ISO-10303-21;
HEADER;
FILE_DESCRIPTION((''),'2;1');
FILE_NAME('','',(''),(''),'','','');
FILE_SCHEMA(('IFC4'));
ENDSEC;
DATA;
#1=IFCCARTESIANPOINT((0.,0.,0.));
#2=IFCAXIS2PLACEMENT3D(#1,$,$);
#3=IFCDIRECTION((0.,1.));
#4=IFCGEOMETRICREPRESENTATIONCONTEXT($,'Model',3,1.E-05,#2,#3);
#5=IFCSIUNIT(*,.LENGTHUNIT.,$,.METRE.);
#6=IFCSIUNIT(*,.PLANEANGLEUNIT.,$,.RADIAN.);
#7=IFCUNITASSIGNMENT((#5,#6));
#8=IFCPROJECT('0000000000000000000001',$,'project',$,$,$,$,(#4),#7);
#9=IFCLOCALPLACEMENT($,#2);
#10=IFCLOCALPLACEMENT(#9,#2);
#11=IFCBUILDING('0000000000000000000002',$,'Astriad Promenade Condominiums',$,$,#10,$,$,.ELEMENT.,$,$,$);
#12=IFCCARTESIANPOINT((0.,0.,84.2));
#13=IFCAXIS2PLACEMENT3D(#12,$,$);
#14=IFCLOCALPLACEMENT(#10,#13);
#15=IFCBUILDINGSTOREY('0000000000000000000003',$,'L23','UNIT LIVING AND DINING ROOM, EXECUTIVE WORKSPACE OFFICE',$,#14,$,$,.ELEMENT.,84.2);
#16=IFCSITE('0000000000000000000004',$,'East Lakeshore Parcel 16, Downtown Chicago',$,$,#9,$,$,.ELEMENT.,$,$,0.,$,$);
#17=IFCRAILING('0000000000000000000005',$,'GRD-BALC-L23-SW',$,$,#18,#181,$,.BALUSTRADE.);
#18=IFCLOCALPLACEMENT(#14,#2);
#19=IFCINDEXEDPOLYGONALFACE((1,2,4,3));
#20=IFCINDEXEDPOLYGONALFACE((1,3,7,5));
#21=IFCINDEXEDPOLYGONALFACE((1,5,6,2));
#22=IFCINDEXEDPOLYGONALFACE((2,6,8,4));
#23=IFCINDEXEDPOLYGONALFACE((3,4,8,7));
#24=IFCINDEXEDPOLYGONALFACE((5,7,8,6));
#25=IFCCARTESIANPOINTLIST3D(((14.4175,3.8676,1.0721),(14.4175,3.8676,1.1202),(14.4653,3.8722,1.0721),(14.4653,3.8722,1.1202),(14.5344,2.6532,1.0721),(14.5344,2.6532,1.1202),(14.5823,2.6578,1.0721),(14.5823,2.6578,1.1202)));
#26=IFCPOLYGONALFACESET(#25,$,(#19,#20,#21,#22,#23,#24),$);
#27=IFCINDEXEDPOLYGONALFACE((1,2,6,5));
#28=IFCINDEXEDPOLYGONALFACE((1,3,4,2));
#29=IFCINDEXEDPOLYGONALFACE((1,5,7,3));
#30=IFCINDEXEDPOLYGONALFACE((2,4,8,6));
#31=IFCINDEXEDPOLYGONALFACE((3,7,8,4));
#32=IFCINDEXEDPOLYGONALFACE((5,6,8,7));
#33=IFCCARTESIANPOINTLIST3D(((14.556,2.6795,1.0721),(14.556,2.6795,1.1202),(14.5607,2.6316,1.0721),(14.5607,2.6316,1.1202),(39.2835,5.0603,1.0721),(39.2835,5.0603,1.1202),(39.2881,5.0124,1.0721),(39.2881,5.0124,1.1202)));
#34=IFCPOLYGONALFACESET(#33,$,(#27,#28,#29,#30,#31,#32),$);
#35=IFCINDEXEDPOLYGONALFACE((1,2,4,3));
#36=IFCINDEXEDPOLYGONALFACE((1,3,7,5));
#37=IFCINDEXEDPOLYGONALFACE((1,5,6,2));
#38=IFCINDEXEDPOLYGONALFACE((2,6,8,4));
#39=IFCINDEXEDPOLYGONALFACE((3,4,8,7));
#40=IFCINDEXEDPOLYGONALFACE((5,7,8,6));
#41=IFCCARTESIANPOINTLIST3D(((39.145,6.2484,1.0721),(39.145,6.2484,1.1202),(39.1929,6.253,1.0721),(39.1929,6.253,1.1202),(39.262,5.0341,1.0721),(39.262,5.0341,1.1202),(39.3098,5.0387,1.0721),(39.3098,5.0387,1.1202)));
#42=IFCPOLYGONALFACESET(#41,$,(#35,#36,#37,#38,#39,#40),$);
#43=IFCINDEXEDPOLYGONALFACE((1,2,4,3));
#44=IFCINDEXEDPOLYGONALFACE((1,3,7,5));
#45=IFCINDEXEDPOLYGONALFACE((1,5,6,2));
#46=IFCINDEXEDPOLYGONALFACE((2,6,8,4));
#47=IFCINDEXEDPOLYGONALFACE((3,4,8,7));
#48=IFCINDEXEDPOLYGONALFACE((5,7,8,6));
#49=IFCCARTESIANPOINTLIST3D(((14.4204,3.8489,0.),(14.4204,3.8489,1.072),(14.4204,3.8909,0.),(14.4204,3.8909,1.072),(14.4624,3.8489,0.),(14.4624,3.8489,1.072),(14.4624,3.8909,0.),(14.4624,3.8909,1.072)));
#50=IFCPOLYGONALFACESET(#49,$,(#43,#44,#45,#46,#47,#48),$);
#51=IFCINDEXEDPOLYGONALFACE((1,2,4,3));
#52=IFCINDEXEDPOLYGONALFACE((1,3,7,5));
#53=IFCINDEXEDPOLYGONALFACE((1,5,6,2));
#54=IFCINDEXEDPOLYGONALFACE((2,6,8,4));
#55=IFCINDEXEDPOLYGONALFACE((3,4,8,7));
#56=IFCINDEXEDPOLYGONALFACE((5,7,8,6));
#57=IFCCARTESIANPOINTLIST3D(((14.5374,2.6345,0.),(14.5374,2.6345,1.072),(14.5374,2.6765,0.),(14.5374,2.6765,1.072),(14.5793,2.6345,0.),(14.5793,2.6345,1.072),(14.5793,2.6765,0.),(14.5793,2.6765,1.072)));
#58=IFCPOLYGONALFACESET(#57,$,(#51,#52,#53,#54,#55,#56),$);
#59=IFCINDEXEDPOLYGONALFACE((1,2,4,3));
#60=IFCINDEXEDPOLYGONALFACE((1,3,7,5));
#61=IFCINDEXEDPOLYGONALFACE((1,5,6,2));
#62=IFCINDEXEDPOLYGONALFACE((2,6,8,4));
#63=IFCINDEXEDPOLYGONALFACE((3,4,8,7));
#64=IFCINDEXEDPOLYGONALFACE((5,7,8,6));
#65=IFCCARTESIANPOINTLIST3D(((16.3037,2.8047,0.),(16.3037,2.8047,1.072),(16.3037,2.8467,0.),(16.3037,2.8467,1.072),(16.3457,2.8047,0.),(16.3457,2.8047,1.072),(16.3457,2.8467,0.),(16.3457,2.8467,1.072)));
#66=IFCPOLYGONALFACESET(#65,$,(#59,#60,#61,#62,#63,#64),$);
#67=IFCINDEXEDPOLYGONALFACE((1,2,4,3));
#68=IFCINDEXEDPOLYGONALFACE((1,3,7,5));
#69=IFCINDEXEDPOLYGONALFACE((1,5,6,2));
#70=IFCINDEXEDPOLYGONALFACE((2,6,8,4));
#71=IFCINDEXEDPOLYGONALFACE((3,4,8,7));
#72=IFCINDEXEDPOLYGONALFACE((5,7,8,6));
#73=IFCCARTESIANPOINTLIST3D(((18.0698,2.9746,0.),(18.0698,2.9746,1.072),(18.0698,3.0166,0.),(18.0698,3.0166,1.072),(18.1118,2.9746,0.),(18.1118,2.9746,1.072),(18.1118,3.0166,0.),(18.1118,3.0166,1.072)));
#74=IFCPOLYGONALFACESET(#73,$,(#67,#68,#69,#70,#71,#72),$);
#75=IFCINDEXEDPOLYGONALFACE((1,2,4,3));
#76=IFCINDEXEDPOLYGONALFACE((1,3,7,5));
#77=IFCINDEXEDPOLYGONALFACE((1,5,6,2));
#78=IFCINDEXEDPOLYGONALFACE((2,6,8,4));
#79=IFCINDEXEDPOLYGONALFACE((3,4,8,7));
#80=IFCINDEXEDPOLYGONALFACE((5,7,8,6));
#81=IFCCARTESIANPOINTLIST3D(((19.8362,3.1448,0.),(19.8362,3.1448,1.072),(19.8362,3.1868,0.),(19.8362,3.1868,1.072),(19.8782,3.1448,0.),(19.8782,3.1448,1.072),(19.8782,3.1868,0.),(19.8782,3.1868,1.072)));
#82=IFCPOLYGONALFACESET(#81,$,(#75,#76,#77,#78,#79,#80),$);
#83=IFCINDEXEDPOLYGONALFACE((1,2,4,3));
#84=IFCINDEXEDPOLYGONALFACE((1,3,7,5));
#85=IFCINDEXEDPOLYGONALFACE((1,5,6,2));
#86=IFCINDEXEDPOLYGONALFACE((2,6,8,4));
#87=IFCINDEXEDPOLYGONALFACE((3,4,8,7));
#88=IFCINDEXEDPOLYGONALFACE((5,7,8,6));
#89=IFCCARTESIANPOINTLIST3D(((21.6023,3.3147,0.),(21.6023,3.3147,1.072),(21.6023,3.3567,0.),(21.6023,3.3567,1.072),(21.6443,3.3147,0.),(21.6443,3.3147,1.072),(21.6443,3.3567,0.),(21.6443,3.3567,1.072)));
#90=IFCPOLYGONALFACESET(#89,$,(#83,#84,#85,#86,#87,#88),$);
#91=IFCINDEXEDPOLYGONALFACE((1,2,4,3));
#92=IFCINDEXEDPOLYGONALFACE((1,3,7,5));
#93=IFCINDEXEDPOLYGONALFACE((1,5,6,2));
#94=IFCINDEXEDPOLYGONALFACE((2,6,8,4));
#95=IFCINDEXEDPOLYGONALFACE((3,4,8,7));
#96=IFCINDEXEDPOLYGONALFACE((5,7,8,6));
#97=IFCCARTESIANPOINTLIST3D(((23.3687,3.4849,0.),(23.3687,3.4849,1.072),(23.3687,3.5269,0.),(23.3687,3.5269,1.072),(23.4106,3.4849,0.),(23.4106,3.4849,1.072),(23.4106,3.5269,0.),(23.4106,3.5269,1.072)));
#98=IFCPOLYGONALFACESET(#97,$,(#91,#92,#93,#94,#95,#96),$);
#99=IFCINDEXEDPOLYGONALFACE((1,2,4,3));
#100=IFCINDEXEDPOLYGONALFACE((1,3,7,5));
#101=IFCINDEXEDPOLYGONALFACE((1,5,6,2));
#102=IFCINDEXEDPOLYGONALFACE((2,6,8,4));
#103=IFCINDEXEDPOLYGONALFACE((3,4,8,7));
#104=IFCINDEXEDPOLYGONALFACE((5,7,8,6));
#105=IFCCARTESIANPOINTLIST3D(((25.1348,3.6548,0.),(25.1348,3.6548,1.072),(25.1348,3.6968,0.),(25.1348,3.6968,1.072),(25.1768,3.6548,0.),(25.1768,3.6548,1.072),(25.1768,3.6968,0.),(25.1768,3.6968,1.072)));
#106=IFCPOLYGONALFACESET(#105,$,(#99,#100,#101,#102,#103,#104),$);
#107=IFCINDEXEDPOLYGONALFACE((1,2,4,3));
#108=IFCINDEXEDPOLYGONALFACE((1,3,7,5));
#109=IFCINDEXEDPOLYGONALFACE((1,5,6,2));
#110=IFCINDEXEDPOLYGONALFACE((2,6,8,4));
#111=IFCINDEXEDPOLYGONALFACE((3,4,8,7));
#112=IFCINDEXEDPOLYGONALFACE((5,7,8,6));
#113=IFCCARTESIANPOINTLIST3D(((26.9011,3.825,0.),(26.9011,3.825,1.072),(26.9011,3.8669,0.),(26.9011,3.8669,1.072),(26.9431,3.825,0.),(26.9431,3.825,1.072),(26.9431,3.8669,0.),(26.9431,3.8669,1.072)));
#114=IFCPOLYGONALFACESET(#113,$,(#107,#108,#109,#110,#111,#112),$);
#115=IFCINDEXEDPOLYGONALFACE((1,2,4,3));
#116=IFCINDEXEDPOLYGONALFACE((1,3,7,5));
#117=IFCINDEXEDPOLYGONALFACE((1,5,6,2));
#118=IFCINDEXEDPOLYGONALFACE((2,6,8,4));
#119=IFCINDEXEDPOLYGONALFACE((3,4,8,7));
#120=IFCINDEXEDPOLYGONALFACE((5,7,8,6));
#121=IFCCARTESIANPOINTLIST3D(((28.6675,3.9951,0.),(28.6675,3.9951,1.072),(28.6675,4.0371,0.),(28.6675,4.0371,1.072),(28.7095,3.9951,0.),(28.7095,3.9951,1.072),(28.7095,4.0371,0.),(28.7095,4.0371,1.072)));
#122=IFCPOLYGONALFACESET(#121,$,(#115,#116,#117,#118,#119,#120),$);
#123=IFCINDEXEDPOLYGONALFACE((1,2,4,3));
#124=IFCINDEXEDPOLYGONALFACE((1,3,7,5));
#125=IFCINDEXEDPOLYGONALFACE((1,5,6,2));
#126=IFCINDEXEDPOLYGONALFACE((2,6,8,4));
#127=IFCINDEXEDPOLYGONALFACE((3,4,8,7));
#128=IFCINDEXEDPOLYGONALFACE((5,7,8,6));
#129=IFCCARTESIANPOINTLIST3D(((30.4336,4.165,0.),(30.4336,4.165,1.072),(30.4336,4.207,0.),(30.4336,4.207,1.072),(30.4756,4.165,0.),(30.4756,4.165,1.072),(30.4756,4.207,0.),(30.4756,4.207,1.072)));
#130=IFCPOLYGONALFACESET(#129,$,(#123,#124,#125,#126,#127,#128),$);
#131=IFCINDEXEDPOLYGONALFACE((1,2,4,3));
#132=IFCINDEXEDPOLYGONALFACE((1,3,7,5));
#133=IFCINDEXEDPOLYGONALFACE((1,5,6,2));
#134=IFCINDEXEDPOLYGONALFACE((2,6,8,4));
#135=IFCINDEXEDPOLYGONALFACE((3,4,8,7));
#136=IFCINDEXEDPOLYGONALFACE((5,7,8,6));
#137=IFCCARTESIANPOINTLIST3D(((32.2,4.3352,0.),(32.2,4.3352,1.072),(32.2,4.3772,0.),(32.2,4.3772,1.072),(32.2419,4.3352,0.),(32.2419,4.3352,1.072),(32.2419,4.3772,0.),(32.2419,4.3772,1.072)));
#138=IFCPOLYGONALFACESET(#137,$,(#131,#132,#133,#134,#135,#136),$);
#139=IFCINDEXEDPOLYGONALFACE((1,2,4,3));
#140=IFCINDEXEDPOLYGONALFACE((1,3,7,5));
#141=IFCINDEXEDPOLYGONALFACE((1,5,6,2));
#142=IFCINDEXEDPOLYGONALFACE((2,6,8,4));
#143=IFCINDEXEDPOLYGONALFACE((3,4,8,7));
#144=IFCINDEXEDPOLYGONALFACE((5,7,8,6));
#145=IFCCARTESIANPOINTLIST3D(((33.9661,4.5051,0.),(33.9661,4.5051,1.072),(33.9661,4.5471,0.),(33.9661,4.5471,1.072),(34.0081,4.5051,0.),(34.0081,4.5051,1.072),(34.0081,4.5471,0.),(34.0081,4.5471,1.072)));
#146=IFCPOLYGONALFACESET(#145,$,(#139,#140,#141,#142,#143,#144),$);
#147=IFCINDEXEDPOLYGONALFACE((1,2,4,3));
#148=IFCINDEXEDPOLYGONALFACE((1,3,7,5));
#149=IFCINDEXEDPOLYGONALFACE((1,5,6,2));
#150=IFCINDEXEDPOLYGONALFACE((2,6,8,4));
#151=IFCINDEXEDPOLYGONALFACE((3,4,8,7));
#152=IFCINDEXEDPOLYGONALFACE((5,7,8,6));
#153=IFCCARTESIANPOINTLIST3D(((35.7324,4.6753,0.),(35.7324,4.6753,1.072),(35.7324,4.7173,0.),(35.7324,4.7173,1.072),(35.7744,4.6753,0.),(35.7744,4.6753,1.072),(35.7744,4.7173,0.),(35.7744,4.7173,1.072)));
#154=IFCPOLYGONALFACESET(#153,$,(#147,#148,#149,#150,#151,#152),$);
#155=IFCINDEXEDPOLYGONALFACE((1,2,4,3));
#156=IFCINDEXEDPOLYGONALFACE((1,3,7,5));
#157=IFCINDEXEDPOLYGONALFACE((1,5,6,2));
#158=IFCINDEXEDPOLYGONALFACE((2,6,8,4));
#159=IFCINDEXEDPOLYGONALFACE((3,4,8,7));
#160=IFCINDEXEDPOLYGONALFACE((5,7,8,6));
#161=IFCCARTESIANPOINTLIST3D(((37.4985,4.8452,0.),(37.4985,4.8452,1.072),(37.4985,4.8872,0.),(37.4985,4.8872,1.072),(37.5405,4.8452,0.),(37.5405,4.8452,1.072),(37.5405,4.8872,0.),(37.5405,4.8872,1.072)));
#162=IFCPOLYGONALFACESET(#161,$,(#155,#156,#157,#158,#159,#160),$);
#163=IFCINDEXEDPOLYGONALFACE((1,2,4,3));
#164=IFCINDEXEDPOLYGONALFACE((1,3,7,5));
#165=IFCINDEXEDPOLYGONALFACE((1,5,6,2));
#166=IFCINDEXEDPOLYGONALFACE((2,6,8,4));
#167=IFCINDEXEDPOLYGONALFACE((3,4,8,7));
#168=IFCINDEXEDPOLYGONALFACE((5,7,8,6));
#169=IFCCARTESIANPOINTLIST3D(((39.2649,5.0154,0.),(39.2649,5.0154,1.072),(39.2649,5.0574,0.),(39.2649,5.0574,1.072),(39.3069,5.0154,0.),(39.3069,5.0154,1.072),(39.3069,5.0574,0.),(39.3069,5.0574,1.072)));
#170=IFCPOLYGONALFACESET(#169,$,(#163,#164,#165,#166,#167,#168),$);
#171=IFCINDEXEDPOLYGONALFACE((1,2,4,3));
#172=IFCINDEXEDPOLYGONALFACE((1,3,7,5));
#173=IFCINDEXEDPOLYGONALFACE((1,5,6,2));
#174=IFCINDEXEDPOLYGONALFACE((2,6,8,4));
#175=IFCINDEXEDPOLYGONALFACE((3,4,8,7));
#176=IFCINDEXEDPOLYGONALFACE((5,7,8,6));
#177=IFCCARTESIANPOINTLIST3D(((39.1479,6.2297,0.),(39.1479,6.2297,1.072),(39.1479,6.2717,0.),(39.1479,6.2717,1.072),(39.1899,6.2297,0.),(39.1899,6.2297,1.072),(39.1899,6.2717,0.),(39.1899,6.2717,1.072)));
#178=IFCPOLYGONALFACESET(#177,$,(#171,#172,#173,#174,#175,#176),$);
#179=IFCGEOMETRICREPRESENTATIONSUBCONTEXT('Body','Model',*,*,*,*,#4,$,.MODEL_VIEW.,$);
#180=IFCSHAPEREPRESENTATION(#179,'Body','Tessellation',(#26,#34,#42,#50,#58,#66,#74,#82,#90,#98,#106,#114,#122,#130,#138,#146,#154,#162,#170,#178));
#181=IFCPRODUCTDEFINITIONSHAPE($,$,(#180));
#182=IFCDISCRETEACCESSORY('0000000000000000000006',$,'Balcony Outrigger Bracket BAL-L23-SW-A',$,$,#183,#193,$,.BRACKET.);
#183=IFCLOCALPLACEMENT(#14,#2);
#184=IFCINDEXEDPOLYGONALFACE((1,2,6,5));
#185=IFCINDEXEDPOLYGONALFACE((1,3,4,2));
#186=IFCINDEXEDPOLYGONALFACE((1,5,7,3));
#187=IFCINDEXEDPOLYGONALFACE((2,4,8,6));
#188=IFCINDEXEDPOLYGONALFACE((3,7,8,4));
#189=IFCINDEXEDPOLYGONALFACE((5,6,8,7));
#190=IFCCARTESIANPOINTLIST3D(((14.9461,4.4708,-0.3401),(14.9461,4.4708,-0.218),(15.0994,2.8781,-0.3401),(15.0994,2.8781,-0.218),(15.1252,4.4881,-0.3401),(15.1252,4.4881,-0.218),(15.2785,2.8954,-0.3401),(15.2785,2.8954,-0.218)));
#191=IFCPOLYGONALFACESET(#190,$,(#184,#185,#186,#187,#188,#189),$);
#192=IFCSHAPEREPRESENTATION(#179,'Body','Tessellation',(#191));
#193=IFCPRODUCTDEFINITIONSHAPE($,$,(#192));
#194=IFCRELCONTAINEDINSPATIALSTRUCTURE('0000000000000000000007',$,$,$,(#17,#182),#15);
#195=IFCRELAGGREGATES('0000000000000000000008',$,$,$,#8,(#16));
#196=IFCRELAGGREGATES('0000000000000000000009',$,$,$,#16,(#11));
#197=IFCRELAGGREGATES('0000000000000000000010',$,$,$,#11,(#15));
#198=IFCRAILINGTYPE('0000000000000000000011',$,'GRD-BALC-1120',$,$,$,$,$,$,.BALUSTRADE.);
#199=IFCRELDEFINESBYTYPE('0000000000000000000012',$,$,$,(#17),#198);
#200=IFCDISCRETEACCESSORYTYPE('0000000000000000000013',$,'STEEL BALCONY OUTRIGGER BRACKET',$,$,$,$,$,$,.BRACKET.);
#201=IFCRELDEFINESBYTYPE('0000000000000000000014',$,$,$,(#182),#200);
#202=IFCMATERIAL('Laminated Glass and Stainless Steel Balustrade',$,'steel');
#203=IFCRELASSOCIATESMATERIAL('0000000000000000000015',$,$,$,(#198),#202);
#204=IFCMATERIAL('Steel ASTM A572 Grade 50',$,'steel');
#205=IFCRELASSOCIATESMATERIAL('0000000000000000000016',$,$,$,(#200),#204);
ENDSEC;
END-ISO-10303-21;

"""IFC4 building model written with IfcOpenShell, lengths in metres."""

from ifc_helpers import new_model, si_unit, direction, frame, origin, origin_2d, place, context, subcontext, project, spatial, rectangle, extrude, source, transform, mapped, material, type_object, type_shapes, element, save


model = new_model("IFC4")

# Units and contexts
model_context = context("Model", 3, precision=1e-05, world=origin(), true_north=direction((0.0, 1.0)))
body_context = subcontext(model_context, "Body", "Model", "MODEL_VIEW")
ifc_project = project(units=[si_unit("LENGTHUNIT", "METRE"), si_unit("PLANEANGLEUNIT", "RADIAN")], contexts=[model_context])

# Site, building, storey
site_placement = place(None, origin())
site = spatial("IfcSite", under=ifc_project, at=site_placement, Name="East Lakeshore Parcel 16, Downtown Chicago", CompositionType="ELEMENT", RefElevation=0.0)
building_placement = place(site_placement, origin())
building = spatial("IfcBuilding", under=site, at=building_placement, Name="Astriad Promenade Condominiums", CompositionType="ELEMENT")
storey_placement = place(building_placement, frame((0.0, 0.0, 84.2)))
storey = spatial("IfcBuildingStorey", under=building, at=storey_placement, Name="L23", Description="UNIT LIVING AND DINING ROOM, EXECUTIVE WORKSPACE OFFICE", CompositionType="ELEMENT", Elevation=84.2)

# Railing
ifc_material_1 = material(Name="Laminated Glass and Stainless Steel Balustrade", Category="steel")
railing_type = type_object("IfcRailingType", Name="GRD-BALC-1120", PredefinedType="BALUSTRADE", material=ifc_material_1)
shared_shape_1 = source(origin(), body_context, "Body", "SweptSolid", [
    extrude(rectangle(XDim=0.0481, YDim=0.0481, at=origin_2d()), frame((0.0, 0.0, 1.0962), z_axis=(0.095857, -0.995395, 0.0), x_axis=(0.995395, 0.095857, 0.0)), (0.0, 0.0, 1.0), 1.22),
    extrude(rectangle(XDim=0.0481, YDim=0.0481, at=origin_2d()), frame((0.1169, -1.2144, 1.0962), z_axis=(0.995397, 0.09584, 0.0), x_axis=(-0.09584, 0.995397, 0.0)), (0.0, 0.0, 1.0), 24.8418),
    extrude(rectangle(XDim=0.0481, YDim=0.0481, at=origin_2d()), frame((24.8445, 1.1665, 1.0962), z_axis=(-0.095857, 0.995395, 0.0), x_axis=(-0.995395, -0.095857, 0.0)), (0.0, 0.0, 1.0), 1.22),
    extrude(rectangle(XDim=0.042, YDim=0.042, at=origin_2d()), origin(), (0.0, 0.0, 1.0), 1.072),
    extrude(rectangle(XDim=0.042, YDim=0.042, at=origin_2d()), frame((0.1169, -1.2144, 0.0)), (0.0, 0.0, 1.0), 1.072),
    extrude(rectangle(XDim=0.042, YDim=0.042, at=origin_2d()), frame((1.8833, -1.0442, 0.0)), (0.0, 0.0, 1.0), 1.072),
    extrude(rectangle(XDim=0.042, YDim=0.042, at=origin_2d()), frame((3.6494, -0.8743, 0.0)), (0.0, 0.0, 1.0), 1.072),
    extrude(rectangle(XDim=0.042, YDim=0.042, at=origin_2d()), frame((5.4158, -0.7041, 0.0)), (0.0, 0.0, 1.0), 1.072),
    extrude(rectangle(XDim=0.042, YDim=0.042, at=origin_2d()), frame((7.1819, -0.5342, 0.0)), (0.0, 0.0, 1.0), 1.072),
    extrude(rectangle(XDim=0.042, YDim=0.042, at=origin_2d()), frame((8.9482, -0.364, 0.0)), (0.0, 0.0, 1.0), 1.072),
    extrude(rectangle(XDim=0.042, YDim=0.042, at=origin_2d()), frame((10.7144, -0.1941, 0.0)), (0.0, 0.0, 1.0), 1.072),
    extrude(rectangle(XDim=0.042, YDim=0.042, at=origin_2d()), frame((12.4807, -0.0239, 0.0)), (0.0, 0.0, 1.0), 1.072),
    extrude(rectangle(XDim=0.042, YDim=0.042, at=origin_2d()), frame((14.2471, 0.1462, 0.0)), (0.0, 0.0, 1.0), 1.072),
    extrude(rectangle(XDim=0.042, YDim=0.042, at=origin_2d()), frame((16.0132, 0.3162, 0.0)), (0.0, 0.0, 1.0), 1.072),
    extrude(rectangle(XDim=0.042, YDim=0.042, at=origin_2d()), frame((17.7795, 0.4863, 0.0)), (0.0, 0.0, 1.0), 1.072),
    extrude(rectangle(XDim=0.042, YDim=0.042, at=origin_2d()), frame((19.5457, 0.6562, 0.0)), (0.0, 0.0, 1.0), 1.072),
    extrude(rectangle(XDim=0.042, YDim=0.042, at=origin_2d()), frame((21.312, 0.8264, 0.0)), (0.0, 0.0, 1.0), 1.072),
    extrude(rectangle(XDim=0.042, YDim=0.042, at=origin_2d()), frame((23.0781, 0.9963, 0.0)), (0.0, 0.0, 1.0), 1.072),
    extrude(rectangle(XDim=0.042, YDim=0.042, at=origin_2d()), frame((24.8445, 1.1665, 0.0)), (0.0, 0.0, 1.0), 1.072),
    extrude(rectangle(XDim=0.042, YDim=0.042, at=origin_2d()), frame((24.7275, 2.3809, 0.0)), (0.0, 0.0, 1.0), 1.072),
])
type_shapes(railing_type, [shared_shape_1])
railing_placement = place(storey_placement, frame((14.4414, 3.8699, 0.0)))
element("IfcRailing", 1, at=railing_placement, inside=storey, type_object=railing_type, Name="GRD-BALC-L23-SW", PredefinedType="BALUSTRADE", context=body_context, shape_type="MappedRepresentation", body=[
    mapped(shared_shape_1, transform((0.0, 0.0, 0.0), scale=1.0)),
])

# Discrete accessory
ifc_material_2 = material(Name="Steel ASTM A572 Grade 50", Category="steel")
discrete_accessory_type = type_object("IfcDiscreteAccessoryType", Name="STEEL BALCONY OUTRIGGER BRACKET", PredefinedType="BRACKET", material=ifc_material_2)
shared_shape_2 = source(origin(), body_context, "Body", "SweptSolid", [
    extrude(rectangle(XDim=1.6001, YDim=0.1799, at=origin_2d()), origin(), (0.0, 0.0, 1.0), 0.1221),
])
type_shapes(discrete_accessory_type, [shared_shape_2])
discrete_accessory_placement = place(storey_placement, frame((15.1123, 3.6831, -0.3401), z_axis=(0.0, 0.0, 1.0), x_axis=(0.095846, -0.995396, 0.0)))
element("IfcDiscreteAccessory", 2, at=discrete_accessory_placement, inside=storey, type_object=discrete_accessory_type, Name="Balcony Outrigger Bracket BAL-L23-SW-A", PredefinedType="BRACKET", context=body_context, shape_type="MappedRepresentation", body=[
    mapped(shared_shape_2, transform((0.0, 0.0, 0.0), scale=1.0)),
])

save(model, "model.ifc")
